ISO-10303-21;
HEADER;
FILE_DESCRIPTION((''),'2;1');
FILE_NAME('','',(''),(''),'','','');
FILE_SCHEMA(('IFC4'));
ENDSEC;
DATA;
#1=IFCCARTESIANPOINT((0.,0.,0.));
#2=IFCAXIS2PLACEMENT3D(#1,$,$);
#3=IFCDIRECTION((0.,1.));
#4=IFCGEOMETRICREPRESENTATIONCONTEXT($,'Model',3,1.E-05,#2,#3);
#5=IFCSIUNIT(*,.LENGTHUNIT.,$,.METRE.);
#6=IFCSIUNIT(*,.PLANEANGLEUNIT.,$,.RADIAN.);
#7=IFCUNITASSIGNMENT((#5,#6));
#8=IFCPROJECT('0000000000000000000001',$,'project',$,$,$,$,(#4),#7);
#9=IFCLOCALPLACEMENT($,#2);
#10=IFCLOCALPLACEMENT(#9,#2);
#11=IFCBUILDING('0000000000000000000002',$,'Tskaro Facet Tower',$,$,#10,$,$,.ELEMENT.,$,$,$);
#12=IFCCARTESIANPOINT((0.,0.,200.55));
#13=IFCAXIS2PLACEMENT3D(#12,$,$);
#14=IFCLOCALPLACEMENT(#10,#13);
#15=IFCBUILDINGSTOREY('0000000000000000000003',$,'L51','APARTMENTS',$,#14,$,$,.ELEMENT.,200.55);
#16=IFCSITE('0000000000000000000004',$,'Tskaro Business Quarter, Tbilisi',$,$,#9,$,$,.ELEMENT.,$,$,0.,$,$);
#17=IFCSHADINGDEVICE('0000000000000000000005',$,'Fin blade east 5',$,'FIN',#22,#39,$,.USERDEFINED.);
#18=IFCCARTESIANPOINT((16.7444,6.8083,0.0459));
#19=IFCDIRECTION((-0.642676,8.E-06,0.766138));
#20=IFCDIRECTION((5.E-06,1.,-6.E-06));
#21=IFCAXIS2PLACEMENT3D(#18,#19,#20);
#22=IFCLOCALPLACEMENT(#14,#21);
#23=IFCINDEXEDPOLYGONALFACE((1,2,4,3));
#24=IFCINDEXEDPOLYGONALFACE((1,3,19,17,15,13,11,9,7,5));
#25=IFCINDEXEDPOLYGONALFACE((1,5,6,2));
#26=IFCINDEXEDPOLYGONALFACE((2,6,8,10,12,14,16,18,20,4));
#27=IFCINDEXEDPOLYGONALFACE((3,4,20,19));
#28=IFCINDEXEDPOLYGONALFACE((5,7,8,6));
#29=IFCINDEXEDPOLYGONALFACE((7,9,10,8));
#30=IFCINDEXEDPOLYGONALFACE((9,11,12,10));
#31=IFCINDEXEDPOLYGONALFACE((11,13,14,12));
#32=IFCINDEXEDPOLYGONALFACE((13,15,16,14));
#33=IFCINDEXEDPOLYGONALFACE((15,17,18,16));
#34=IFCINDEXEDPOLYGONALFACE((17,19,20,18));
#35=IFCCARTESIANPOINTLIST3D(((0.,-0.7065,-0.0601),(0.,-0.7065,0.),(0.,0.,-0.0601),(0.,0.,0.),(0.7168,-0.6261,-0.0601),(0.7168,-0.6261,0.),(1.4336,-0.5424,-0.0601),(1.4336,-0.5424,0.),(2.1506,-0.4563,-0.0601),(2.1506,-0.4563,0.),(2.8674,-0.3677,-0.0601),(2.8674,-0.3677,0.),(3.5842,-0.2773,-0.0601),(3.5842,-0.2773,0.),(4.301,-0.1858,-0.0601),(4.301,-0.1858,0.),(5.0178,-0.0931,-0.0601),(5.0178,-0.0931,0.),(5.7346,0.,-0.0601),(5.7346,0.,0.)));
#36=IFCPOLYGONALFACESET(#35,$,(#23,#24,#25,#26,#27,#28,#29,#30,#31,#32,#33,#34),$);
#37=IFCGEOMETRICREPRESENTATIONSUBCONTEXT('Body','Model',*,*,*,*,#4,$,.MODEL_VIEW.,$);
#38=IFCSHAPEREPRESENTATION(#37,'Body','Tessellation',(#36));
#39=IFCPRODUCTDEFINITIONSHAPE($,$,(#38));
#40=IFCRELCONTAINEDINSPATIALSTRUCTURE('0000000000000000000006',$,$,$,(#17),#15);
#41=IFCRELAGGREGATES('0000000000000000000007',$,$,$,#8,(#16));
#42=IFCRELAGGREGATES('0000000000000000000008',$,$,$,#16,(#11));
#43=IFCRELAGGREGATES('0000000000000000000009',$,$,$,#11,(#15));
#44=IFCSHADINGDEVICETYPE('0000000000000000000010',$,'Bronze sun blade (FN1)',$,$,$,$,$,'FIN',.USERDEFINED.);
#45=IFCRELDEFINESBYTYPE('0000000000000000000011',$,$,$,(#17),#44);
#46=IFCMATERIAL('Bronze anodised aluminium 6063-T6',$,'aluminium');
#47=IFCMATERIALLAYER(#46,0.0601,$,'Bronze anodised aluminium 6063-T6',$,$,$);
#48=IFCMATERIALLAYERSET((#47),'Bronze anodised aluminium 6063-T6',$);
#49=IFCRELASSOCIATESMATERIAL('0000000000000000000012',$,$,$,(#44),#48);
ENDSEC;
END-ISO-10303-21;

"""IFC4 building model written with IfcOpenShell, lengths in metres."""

from ifc_helpers import new_model, si_unit, direction, frame, origin, place, context, subcontext, project, spatial, polyline, outline, extrude, material, layer, layer_set, type_object, element, save


model = new_model("IFC4")

# Units and contexts
model_context = context("Model", 3, precision=1e-05, world=origin(), true_north=direction((0.0, 1.0)))
body_context = subcontext(model_context, "Body", "Model", "MODEL_VIEW")
ifc_project = project(units=[si_unit("LENGTHUNIT", "METRE"), si_unit("PLANEANGLEUNIT", "RADIAN")], contexts=[model_context])

# Site, building, storey
site_placement = place(None, origin())
site = spatial("IfcSite", under=ifc_project, at=site_placement, Name="Tskaro Business Quarter, Tbilisi", CompositionType="ELEMENT", RefElevation=0.0)
building_placement = place(site_placement, origin())
building = spatial("IfcBuilding", under=site, at=building_placement, Name="Tskaro Facet Tower", CompositionType="ELEMENT")
storey_placement = place(building_placement, frame((0.0, 0.0, 200.55)))
storey = spatial("IfcBuildingStorey", under=building, at=storey_placement, Name="L51", Description="APARTMENTS", CompositionType="ELEMENT", Elevation=200.55)

# Shared definitions
ifc_material_1 = material(Name="Bronze anodised aluminium 6063-T6", Category="aluminium")

# Shading device
ifc_layer_1 = layer(ifc_material_1, 0.0601, Name="Bronze anodised aluminium 6063-T6")
ifc_layer_set_1 = layer_set([ifc_layer_1], Name="Bronze anodised aluminium 6063-T6")
shading_device_type = type_object("IfcShadingDeviceType", Name="Bronze sun blade (FN1)", ElementType="FIN", PredefinedType="USERDEFINED", material=ifc_layer_set_1)
shading_device_1_placement = place(storey_placement, frame((16.7444, 6.8083, 0.0459), z_axis=(-0.642676, 0.000008, 0.766138), x_axis=(0.000005, 1.0, -0.000006)))
element("IfcShadingDevice", 1, at=shading_device_1_placement, inside=storey, type_object=shading_device_type, Name="Fin blade east 5", ObjectType="FIN", PredefinedType="USERDEFINED", context=body_context, shape_type="SweptSolid", body=[
    extrude(outline(polyline([(0.0, 0.0), (5.7346, 0.0), (5.0178, -0.0931), (4.301, -0.1858), (3.5842, -0.2773), (2.8674, -0.3677), (2.1506, -0.4563), (1.4336, -0.5424), (0.7168, -0.6261), (0.0, -0.7065), (0.0, 0.0)])), origin(), (0.0, 0.0, -1.0), 0.0601),
])

save(model, "model.ifc")
